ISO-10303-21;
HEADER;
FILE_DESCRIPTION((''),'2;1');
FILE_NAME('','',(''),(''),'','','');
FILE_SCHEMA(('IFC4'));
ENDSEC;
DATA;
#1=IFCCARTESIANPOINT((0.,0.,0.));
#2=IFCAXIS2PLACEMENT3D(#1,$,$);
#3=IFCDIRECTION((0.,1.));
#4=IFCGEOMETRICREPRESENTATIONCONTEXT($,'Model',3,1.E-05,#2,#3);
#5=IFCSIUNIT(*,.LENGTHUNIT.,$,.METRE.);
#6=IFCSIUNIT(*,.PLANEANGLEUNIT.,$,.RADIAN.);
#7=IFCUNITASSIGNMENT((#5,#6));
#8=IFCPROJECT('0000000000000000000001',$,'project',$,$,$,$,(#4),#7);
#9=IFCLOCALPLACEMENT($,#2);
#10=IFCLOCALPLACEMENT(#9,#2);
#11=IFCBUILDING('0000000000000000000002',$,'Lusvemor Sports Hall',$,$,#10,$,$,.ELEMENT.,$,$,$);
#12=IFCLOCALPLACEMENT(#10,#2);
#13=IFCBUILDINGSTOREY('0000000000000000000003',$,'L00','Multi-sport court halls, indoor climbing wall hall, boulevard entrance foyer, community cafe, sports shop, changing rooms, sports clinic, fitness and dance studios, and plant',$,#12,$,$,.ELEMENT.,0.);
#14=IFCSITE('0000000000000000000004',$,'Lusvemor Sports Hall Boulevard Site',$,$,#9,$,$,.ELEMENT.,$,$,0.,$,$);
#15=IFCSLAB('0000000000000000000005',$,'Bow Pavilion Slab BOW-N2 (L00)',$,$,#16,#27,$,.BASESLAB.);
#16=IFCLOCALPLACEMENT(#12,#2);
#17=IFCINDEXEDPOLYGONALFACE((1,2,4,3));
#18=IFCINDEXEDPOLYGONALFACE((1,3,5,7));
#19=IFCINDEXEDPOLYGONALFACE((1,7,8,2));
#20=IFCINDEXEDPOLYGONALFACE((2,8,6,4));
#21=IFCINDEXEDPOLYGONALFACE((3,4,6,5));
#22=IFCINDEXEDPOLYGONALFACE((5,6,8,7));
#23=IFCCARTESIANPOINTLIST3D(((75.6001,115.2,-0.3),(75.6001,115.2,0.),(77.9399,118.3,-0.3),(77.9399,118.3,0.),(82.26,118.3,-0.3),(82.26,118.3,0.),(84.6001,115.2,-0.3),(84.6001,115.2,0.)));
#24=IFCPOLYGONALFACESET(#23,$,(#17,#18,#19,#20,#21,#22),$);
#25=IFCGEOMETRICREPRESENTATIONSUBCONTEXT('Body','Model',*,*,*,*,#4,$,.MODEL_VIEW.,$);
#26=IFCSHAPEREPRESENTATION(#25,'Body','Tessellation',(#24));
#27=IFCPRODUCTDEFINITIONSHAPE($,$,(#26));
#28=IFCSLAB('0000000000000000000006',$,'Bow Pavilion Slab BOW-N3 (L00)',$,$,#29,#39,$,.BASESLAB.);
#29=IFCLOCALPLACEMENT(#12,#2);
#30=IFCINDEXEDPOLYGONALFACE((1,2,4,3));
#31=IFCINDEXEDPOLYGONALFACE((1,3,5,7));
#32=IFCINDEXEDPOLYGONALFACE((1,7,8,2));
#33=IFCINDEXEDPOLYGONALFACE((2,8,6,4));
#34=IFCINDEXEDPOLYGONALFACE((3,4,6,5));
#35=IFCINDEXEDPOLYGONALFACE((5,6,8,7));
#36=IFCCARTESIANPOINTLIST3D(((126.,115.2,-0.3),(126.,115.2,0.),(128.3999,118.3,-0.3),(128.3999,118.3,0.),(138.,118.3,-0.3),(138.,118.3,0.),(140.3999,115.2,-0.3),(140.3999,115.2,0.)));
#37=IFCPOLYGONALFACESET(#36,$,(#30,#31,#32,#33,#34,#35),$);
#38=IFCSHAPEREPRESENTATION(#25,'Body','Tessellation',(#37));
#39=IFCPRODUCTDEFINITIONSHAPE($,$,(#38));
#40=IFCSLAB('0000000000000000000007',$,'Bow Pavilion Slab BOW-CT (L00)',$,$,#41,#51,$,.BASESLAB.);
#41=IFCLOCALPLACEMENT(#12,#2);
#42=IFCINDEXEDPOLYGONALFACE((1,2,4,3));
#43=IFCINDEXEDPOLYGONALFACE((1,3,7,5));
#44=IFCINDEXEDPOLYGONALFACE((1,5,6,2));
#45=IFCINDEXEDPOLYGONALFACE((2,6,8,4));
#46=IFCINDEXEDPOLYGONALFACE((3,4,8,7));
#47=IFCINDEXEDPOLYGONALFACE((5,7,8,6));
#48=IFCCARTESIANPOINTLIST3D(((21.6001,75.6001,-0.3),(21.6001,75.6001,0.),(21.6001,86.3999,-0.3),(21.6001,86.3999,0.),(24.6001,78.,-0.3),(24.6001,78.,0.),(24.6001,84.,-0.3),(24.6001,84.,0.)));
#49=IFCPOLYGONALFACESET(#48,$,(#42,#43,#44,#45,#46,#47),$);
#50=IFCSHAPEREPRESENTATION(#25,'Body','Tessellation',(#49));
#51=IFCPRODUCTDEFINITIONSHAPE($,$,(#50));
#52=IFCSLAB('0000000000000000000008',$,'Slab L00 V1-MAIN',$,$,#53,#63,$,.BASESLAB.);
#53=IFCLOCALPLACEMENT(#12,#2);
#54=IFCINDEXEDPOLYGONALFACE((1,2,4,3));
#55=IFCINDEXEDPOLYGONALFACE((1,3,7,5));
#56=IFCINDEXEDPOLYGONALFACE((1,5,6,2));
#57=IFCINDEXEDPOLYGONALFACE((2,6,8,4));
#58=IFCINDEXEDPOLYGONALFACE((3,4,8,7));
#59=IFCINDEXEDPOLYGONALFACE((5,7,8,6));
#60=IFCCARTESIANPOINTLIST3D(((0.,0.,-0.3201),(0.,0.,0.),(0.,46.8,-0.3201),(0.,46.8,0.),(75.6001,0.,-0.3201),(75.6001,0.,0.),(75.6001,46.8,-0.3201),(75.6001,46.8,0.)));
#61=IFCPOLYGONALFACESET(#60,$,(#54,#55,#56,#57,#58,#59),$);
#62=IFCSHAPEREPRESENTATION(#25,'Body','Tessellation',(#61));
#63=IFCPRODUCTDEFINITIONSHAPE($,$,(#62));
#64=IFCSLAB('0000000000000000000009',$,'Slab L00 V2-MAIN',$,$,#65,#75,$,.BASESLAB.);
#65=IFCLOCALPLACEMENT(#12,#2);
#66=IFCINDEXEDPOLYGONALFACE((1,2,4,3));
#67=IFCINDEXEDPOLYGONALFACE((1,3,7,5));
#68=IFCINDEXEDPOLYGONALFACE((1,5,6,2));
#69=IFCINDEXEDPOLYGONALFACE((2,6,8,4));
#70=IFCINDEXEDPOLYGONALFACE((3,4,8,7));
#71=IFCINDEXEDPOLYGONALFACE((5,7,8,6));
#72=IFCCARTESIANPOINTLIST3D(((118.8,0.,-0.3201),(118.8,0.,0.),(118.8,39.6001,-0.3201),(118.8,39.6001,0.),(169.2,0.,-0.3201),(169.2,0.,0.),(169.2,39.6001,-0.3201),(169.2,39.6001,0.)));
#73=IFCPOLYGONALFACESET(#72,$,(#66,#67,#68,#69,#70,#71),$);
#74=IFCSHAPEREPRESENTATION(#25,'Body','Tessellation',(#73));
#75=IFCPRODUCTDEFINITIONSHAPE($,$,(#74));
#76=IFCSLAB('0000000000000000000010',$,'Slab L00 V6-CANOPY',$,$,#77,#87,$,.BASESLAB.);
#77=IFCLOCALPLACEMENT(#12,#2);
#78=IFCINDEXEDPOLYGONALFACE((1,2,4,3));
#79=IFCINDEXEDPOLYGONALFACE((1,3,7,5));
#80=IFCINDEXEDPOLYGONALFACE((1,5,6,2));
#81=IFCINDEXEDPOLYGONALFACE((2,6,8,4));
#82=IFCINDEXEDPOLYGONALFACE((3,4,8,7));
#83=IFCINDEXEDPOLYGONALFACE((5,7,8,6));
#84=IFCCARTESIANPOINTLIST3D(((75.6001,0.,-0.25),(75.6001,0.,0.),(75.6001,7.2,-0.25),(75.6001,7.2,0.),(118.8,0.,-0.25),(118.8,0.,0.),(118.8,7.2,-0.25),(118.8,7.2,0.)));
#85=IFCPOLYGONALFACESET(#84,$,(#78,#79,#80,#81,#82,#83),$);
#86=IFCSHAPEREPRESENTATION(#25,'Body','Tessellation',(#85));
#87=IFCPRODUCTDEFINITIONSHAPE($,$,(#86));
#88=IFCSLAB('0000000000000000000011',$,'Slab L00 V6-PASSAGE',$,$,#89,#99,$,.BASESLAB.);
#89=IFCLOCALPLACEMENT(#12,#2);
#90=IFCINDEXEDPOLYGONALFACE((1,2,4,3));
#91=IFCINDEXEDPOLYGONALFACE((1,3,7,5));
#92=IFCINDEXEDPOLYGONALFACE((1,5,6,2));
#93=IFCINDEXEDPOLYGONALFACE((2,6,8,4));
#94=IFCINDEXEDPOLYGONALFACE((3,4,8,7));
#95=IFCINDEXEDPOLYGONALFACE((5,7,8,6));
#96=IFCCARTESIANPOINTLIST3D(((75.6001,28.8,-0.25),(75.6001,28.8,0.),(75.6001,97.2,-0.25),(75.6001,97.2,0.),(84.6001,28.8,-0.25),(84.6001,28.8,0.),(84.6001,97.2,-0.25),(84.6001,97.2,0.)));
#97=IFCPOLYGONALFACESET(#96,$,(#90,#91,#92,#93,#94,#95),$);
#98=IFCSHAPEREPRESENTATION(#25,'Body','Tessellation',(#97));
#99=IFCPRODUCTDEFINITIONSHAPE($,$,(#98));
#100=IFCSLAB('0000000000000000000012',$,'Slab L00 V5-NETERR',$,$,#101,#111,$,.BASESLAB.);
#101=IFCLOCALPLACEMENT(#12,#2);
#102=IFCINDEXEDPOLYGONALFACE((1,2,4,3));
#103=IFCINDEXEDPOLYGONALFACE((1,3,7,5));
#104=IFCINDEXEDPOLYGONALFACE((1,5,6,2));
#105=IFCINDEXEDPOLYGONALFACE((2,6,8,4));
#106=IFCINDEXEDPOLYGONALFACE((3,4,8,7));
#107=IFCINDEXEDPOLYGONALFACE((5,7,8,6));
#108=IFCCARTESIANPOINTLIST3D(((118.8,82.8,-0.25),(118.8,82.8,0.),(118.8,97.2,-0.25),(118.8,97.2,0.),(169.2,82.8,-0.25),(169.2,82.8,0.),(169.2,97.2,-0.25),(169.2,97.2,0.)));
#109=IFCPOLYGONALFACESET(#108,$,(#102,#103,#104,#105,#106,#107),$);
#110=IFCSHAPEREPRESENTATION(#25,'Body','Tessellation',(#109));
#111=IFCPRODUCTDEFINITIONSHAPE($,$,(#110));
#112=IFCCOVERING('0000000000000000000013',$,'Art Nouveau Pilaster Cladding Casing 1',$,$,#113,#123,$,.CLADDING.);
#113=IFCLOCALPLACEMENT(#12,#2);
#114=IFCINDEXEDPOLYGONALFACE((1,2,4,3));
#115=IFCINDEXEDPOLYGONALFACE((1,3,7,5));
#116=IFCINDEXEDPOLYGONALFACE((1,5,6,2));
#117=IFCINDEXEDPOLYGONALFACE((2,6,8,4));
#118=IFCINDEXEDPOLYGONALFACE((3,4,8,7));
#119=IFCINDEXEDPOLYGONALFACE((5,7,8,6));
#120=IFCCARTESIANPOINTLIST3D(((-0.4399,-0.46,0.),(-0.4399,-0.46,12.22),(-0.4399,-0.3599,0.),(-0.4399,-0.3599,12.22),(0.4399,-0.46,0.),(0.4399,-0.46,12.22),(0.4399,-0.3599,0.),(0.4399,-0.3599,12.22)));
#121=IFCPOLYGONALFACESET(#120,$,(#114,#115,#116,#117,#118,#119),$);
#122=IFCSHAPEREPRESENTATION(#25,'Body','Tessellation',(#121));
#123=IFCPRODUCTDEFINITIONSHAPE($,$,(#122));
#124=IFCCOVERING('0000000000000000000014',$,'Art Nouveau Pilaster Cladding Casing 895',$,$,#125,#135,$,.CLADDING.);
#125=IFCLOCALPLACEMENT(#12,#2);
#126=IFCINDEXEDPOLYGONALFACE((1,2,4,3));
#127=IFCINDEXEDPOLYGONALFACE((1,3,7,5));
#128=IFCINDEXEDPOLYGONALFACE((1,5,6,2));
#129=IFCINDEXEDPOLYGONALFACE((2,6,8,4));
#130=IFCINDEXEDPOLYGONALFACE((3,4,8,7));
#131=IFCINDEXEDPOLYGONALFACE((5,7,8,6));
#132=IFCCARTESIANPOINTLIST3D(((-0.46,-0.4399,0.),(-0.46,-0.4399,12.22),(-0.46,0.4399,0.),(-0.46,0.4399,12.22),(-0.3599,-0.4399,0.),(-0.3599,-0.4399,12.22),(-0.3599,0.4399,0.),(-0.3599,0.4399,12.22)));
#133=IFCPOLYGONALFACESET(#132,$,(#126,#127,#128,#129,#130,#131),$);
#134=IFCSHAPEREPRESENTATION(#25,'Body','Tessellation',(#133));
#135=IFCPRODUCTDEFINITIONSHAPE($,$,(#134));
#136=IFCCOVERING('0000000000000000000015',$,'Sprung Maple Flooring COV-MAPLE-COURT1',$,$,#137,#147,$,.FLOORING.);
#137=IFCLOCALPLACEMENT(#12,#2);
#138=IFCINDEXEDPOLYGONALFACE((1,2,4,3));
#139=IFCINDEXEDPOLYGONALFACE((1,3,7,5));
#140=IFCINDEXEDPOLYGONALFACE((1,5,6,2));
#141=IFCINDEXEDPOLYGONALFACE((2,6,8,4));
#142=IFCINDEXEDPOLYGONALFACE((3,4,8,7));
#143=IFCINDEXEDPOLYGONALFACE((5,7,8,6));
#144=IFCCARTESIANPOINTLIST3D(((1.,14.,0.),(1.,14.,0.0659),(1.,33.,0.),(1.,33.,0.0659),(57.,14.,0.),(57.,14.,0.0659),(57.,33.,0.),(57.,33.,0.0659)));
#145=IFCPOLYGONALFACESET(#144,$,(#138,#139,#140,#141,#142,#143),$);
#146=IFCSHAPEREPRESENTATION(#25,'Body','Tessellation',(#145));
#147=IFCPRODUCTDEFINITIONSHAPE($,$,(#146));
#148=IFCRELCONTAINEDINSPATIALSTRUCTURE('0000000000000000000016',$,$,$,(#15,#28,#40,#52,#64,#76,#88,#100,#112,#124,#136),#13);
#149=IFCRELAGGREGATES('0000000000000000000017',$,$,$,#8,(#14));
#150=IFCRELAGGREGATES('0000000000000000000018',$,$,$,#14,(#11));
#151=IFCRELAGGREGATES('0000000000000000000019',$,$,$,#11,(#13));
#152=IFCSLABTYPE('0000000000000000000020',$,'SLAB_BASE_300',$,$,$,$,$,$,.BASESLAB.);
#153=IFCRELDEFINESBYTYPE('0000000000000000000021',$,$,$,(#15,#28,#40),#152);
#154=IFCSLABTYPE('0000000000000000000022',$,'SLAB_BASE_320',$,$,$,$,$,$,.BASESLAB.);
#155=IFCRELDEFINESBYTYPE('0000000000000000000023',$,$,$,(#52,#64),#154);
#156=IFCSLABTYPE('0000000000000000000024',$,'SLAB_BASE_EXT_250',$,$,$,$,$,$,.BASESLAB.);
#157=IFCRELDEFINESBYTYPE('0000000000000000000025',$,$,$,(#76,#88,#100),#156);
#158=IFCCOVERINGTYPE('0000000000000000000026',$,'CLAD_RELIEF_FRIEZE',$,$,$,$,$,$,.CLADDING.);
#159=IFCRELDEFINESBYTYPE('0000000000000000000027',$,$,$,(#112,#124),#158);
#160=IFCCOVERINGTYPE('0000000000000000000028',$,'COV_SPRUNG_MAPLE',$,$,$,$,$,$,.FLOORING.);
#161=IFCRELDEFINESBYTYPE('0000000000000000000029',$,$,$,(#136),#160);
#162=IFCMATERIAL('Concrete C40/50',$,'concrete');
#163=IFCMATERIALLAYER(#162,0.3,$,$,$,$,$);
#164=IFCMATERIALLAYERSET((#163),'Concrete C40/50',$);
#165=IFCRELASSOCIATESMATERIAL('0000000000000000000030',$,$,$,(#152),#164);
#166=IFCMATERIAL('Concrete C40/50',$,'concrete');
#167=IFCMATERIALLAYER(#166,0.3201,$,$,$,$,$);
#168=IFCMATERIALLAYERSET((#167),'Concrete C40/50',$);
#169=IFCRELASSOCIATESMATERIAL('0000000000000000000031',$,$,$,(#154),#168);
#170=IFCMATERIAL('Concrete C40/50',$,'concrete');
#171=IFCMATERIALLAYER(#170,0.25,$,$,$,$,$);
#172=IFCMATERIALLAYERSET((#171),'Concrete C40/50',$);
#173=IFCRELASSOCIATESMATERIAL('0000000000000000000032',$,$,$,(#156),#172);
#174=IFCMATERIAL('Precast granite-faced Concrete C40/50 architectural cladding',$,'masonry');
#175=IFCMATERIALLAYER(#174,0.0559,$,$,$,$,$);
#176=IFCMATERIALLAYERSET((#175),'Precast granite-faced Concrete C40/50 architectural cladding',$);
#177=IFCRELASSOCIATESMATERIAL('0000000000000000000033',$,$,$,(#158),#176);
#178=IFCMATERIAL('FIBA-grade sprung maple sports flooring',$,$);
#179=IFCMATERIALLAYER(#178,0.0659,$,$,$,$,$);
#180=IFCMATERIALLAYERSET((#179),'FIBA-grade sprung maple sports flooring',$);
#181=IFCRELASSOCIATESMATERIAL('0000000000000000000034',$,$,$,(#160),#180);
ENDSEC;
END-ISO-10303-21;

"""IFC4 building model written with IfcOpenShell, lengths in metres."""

from ifc_helpers import new_model, si_unit, direction, frame, origin, origin_2d, place, context, subcontext, project, spatial, polyline, rectangle, outline, extrude, material, layer, layer_set, type_object, element, save


model = new_model("IFC4")

# Units and contexts
model_context = context("Model", 3, precision=1e-05, world=origin(), true_north=direction((0.0, 1.0)))
body_context = subcontext(model_context, "Body", "Model", "MODEL_VIEW")
ifc_project = project(units=[si_unit("LENGTHUNIT", "METRE"), si_unit("PLANEANGLEUNIT", "RADIAN")], contexts=[model_context])

# Site, building, storey
site_placement = place(None, origin())
site = spatial("IfcSite", under=ifc_project, at=site_placement, Name="Lusvemor Sports Hall Boulevard Site", CompositionType="ELEMENT", RefElevation=0.0)
building_placement = place(site_placement, origin())
building = spatial("IfcBuilding", under=site, at=building_placement, Name="Lusvemor Sports Hall", CompositionType="ELEMENT")
storey_placement = place(building_placement, origin())
storey = spatial("IfcBuildingStorey", under=building, at=storey_placement, Name="L00", Description="Multi-sport court halls, indoor climbing wall hall, boulevard entrance foyer, community cafe, sports shop, changing rooms, sports clinic, fitness and dance studios, and plant", CompositionType="ELEMENT", Elevation=0.0)

# Slabs
ifc_material_1 = material(Name="Concrete C40/50", Category="concrete")
ifc_layer_1 = layer(ifc_material_1, 0.3)
ifc_layer_set_1 = layer_set([ifc_layer_1], Name="Concrete C40/50")
slab_type_1 = type_object("IfcSlabType", Name="SLAB_BASE_300", PredefinedType="BASESLAB", material=ifc_layer_set_1)
slab_1_placement = place(storey_placement, frame((0.0, 0.0, -0.3)))
element("IfcSlab", 1, at=slab_1_placement, inside=storey, type_object=slab_type_1, Name="Bow Pavilion Slab BOW-N2 (L00)", PredefinedType="BASESLAB", context=body_context, shape_type="SweptSolid", body=[
    extrude(outline(polyline([(75.6001, 115.2), (77.9399, 118.3), (82.26, 118.3), (84.6001, 115.2), (75.6001, 115.2)])), origin(), (0.0, 0.0, 1.0), 0.3),
])
slab_2_placement = place(storey_placement, frame((0.0, 0.0, -0.3)))
element("IfcSlab", 2, at=slab_2_placement, inside=storey, type_object=slab_type_1, Name="Bow Pavilion Slab BOW-N3 (L00)", PredefinedType="BASESLAB", context=body_context, shape_type="SweptSolid", body=[
    extrude(outline(polyline([(126.0, 115.2), (128.3999, 118.3), (138.0, 118.3), (140.3999, 115.2), (126.0, 115.2)])), origin(), (0.0, 0.0, 1.0), 0.3),
])
slab_3_placement = place(storey_placement, frame((0.0, 0.0, -0.3)))
element("IfcSlab", 3, at=slab_3_placement, inside=storey, type_object=slab_type_1, Name="Bow Pavilion Slab BOW-CT (L00)", PredefinedType="BASESLAB", context=body_context, shape_type="SweptSolid", body=[
    extrude(outline(polyline([(21.6001, 86.3999), (24.6001, 84.0), (24.6001, 78.0), (21.6001, 75.6001), (21.6001, 86.3999)])), origin(), (0.0, 0.0, 1.0), 0.3),
])
ifc_material_2 = material(Name="Concrete C40/50", Category="concrete")
ifc_layer_2 = layer(ifc_material_2, 0.3201)
ifc_layer_set_2 = layer_set([ifc_layer_2], Name="Concrete C40/50")
slab_type_2 = type_object("IfcSlabType", Name="SLAB_BASE_320", PredefinedType="BASESLAB", material=ifc_layer_set_2)
slab_4_placement = place(storey_placement, frame((0.0, 0.0, -0.3201)))
element("IfcSlab", 4, at=slab_4_placement, inside=storey, type_object=slab_type_2, Name="Slab L00 V1-MAIN", PredefinedType="BASESLAB", context=body_context, shape_type="SweptSolid", body=[
    extrude(outline(polyline([(0.0, 0.0), (75.6001, 0.0), (75.6001, 46.8), (0.0, 46.8), (0.0, 0.0)])), origin(), (0.0, 0.0, 1.0), 0.3201),
])
slab_5_placement = place(storey_placement, frame((0.0, 0.0, -0.3201)))
element("IfcSlab", 5, at=slab_5_placement, inside=storey, type_object=slab_type_2, Name="Slab L00 V2-MAIN", PredefinedType="BASESLAB", context=body_context, shape_type="SweptSolid", body=[
    extrude(outline(polyline([(118.8, 0.0), (169.2, 0.0), (169.2, 39.6001), (118.8, 39.6001), (118.8, 0.0)])), origin(), (0.0, 0.0, 1.0), 0.3201),
])
ifc_material_3 = material(Name="Concrete C40/50", Category="concrete")
ifc_layer_3 = layer(ifc_material_3, 0.25)
ifc_layer_set_3 = layer_set([ifc_layer_3], Name="Concrete C40/50")
slab_type_3 = type_object("IfcSlabType", Name="SLAB_BASE_EXT_250", PredefinedType="BASESLAB", material=ifc_layer_set_3)
slab_6_placement = place(storey_placement, frame((0.0, 0.0, -0.25)))
element("IfcSlab", 6, at=slab_6_placement, inside=storey, type_object=slab_type_3, Name="Slab L00 V6-CANOPY", PredefinedType="BASESLAB", context=body_context, shape_type="SweptSolid", body=[
    extrude(outline(polyline([(75.6001, 0.0), (118.8, 0.0), (118.8, 7.2), (75.6001, 7.2), (75.6001, 0.0)])), origin(), (0.0, 0.0, 1.0), 0.25),
])
slab_7_placement = place(storey_placement, frame((0.0, 0.0, -0.25)))
element("IfcSlab", 7, at=slab_7_placement, inside=storey, type_object=slab_type_3, Name="Slab L00 V6-PASSAGE", PredefinedType="BASESLAB", context=body_context, shape_type="SweptSolid", body=[
    extrude(outline(polyline([(75.6001, 28.8), (84.6001, 28.8), (84.6001, 97.2), (75.6001, 97.2), (75.6001, 28.8)])), origin(), (0.0, 0.0, 1.0), 0.25),
])
slab_8_placement = place(storey_placement, frame((0.0, 0.0, -0.25)))
element("IfcSlab", 8, at=slab_8_placement, inside=storey, type_object=slab_type_3, Name="Slab L00 V5-NETERR", PredefinedType="BASESLAB", context=body_context, shape_type="SweptSolid", body=[
    extrude(outline(polyline([(118.8, 82.8), (169.2, 82.8), (169.2, 97.2), (118.8, 97.2), (118.8, 82.8)])), origin(), (0.0, 0.0, 1.0), 0.25),
])

# Coverings
ifc_material_4 = material(Name="Precast granite-faced Concrete C40/50 architectural cladding", Category="masonry")
ifc_layer_4 = layer(ifc_material_4, 0.0559)
ifc_layer_set_4 = layer_set([ifc_layer_4], Name="Precast granite-faced Concrete C40/50 architectural cladding")
covering_type_1 = type_object("IfcCoveringType", Name="CLAD_RELIEF_FRIEZE", PredefinedType="CLADDING", material=ifc_layer_set_4)
covering_1_placement = place(storey_placement, frame((0.0, -0.4099, 0.0), z_axis=(0.0, 0.0, 1.0), x_axis=(1.0, 0.0, 0.0)))
element("IfcCovering", 9, at=covering_1_placement, inside=storey, type_object=covering_type_1, Name="Art Nouveau Pilaster Cladding Casing 1", PredefinedType="CLADDING", context=body_context, shape_type="SweptSolid", body=[
    extrude(rectangle(XDim=0.8799, YDim=0.1001, at=origin_2d()), origin(), (0.0, 0.0, 1.0), 12.22),
])
covering_2_placement = place(storey_placement, frame((-0.4099, 0.0, 0.0), z_axis=(0.0, 0.0, 1.0), x_axis=(1.0, 0.0, 0.0)))
element("IfcCovering", 10, at=covering_2_placement, inside=storey, type_object=covering_type_1, Name="Art Nouveau Pilaster Cladding Casing 895", PredefinedType="CLADDING", context=body_context, shape_type="SweptSolid", body=[
    extrude(rectangle(XDim=0.1001, YDim=0.8799, at=origin_2d()), origin(), (0.0, 0.0, 1.0), 12.22),
])
ifc_material_5 = material(Name="FIBA-grade sprung maple sports flooring")
ifc_layer_5 = layer(ifc_material_5, 0.0659)
ifc_layer_set_5 = layer_set([ifc_layer_5], Name="FIBA-grade sprung maple sports flooring")
covering_type_2 = type_object("IfcCoveringType", Name="COV_SPRUNG_MAPLE", PredefinedType="FLOORING", material=ifc_layer_set_5)
covering_3_placement = place(storey_placement, origin())
element("IfcCovering", 11, at=covering_3_placement, inside=storey, type_object=covering_type_2, Name="Sprung Maple Flooring COV-MAPLE-COURT1", PredefinedType="FLOORING", context=body_context, shape_type="SweptSolid", body=[
    extrude(outline(polyline([(1.0, 14.0), (57.0, 14.0), (57.0, 33.0), (1.0, 33.0), (1.0, 14.0)])), origin(), (0.0, 0.0, 1.0), 0.0659),
])

save(model, "model.ifc")
